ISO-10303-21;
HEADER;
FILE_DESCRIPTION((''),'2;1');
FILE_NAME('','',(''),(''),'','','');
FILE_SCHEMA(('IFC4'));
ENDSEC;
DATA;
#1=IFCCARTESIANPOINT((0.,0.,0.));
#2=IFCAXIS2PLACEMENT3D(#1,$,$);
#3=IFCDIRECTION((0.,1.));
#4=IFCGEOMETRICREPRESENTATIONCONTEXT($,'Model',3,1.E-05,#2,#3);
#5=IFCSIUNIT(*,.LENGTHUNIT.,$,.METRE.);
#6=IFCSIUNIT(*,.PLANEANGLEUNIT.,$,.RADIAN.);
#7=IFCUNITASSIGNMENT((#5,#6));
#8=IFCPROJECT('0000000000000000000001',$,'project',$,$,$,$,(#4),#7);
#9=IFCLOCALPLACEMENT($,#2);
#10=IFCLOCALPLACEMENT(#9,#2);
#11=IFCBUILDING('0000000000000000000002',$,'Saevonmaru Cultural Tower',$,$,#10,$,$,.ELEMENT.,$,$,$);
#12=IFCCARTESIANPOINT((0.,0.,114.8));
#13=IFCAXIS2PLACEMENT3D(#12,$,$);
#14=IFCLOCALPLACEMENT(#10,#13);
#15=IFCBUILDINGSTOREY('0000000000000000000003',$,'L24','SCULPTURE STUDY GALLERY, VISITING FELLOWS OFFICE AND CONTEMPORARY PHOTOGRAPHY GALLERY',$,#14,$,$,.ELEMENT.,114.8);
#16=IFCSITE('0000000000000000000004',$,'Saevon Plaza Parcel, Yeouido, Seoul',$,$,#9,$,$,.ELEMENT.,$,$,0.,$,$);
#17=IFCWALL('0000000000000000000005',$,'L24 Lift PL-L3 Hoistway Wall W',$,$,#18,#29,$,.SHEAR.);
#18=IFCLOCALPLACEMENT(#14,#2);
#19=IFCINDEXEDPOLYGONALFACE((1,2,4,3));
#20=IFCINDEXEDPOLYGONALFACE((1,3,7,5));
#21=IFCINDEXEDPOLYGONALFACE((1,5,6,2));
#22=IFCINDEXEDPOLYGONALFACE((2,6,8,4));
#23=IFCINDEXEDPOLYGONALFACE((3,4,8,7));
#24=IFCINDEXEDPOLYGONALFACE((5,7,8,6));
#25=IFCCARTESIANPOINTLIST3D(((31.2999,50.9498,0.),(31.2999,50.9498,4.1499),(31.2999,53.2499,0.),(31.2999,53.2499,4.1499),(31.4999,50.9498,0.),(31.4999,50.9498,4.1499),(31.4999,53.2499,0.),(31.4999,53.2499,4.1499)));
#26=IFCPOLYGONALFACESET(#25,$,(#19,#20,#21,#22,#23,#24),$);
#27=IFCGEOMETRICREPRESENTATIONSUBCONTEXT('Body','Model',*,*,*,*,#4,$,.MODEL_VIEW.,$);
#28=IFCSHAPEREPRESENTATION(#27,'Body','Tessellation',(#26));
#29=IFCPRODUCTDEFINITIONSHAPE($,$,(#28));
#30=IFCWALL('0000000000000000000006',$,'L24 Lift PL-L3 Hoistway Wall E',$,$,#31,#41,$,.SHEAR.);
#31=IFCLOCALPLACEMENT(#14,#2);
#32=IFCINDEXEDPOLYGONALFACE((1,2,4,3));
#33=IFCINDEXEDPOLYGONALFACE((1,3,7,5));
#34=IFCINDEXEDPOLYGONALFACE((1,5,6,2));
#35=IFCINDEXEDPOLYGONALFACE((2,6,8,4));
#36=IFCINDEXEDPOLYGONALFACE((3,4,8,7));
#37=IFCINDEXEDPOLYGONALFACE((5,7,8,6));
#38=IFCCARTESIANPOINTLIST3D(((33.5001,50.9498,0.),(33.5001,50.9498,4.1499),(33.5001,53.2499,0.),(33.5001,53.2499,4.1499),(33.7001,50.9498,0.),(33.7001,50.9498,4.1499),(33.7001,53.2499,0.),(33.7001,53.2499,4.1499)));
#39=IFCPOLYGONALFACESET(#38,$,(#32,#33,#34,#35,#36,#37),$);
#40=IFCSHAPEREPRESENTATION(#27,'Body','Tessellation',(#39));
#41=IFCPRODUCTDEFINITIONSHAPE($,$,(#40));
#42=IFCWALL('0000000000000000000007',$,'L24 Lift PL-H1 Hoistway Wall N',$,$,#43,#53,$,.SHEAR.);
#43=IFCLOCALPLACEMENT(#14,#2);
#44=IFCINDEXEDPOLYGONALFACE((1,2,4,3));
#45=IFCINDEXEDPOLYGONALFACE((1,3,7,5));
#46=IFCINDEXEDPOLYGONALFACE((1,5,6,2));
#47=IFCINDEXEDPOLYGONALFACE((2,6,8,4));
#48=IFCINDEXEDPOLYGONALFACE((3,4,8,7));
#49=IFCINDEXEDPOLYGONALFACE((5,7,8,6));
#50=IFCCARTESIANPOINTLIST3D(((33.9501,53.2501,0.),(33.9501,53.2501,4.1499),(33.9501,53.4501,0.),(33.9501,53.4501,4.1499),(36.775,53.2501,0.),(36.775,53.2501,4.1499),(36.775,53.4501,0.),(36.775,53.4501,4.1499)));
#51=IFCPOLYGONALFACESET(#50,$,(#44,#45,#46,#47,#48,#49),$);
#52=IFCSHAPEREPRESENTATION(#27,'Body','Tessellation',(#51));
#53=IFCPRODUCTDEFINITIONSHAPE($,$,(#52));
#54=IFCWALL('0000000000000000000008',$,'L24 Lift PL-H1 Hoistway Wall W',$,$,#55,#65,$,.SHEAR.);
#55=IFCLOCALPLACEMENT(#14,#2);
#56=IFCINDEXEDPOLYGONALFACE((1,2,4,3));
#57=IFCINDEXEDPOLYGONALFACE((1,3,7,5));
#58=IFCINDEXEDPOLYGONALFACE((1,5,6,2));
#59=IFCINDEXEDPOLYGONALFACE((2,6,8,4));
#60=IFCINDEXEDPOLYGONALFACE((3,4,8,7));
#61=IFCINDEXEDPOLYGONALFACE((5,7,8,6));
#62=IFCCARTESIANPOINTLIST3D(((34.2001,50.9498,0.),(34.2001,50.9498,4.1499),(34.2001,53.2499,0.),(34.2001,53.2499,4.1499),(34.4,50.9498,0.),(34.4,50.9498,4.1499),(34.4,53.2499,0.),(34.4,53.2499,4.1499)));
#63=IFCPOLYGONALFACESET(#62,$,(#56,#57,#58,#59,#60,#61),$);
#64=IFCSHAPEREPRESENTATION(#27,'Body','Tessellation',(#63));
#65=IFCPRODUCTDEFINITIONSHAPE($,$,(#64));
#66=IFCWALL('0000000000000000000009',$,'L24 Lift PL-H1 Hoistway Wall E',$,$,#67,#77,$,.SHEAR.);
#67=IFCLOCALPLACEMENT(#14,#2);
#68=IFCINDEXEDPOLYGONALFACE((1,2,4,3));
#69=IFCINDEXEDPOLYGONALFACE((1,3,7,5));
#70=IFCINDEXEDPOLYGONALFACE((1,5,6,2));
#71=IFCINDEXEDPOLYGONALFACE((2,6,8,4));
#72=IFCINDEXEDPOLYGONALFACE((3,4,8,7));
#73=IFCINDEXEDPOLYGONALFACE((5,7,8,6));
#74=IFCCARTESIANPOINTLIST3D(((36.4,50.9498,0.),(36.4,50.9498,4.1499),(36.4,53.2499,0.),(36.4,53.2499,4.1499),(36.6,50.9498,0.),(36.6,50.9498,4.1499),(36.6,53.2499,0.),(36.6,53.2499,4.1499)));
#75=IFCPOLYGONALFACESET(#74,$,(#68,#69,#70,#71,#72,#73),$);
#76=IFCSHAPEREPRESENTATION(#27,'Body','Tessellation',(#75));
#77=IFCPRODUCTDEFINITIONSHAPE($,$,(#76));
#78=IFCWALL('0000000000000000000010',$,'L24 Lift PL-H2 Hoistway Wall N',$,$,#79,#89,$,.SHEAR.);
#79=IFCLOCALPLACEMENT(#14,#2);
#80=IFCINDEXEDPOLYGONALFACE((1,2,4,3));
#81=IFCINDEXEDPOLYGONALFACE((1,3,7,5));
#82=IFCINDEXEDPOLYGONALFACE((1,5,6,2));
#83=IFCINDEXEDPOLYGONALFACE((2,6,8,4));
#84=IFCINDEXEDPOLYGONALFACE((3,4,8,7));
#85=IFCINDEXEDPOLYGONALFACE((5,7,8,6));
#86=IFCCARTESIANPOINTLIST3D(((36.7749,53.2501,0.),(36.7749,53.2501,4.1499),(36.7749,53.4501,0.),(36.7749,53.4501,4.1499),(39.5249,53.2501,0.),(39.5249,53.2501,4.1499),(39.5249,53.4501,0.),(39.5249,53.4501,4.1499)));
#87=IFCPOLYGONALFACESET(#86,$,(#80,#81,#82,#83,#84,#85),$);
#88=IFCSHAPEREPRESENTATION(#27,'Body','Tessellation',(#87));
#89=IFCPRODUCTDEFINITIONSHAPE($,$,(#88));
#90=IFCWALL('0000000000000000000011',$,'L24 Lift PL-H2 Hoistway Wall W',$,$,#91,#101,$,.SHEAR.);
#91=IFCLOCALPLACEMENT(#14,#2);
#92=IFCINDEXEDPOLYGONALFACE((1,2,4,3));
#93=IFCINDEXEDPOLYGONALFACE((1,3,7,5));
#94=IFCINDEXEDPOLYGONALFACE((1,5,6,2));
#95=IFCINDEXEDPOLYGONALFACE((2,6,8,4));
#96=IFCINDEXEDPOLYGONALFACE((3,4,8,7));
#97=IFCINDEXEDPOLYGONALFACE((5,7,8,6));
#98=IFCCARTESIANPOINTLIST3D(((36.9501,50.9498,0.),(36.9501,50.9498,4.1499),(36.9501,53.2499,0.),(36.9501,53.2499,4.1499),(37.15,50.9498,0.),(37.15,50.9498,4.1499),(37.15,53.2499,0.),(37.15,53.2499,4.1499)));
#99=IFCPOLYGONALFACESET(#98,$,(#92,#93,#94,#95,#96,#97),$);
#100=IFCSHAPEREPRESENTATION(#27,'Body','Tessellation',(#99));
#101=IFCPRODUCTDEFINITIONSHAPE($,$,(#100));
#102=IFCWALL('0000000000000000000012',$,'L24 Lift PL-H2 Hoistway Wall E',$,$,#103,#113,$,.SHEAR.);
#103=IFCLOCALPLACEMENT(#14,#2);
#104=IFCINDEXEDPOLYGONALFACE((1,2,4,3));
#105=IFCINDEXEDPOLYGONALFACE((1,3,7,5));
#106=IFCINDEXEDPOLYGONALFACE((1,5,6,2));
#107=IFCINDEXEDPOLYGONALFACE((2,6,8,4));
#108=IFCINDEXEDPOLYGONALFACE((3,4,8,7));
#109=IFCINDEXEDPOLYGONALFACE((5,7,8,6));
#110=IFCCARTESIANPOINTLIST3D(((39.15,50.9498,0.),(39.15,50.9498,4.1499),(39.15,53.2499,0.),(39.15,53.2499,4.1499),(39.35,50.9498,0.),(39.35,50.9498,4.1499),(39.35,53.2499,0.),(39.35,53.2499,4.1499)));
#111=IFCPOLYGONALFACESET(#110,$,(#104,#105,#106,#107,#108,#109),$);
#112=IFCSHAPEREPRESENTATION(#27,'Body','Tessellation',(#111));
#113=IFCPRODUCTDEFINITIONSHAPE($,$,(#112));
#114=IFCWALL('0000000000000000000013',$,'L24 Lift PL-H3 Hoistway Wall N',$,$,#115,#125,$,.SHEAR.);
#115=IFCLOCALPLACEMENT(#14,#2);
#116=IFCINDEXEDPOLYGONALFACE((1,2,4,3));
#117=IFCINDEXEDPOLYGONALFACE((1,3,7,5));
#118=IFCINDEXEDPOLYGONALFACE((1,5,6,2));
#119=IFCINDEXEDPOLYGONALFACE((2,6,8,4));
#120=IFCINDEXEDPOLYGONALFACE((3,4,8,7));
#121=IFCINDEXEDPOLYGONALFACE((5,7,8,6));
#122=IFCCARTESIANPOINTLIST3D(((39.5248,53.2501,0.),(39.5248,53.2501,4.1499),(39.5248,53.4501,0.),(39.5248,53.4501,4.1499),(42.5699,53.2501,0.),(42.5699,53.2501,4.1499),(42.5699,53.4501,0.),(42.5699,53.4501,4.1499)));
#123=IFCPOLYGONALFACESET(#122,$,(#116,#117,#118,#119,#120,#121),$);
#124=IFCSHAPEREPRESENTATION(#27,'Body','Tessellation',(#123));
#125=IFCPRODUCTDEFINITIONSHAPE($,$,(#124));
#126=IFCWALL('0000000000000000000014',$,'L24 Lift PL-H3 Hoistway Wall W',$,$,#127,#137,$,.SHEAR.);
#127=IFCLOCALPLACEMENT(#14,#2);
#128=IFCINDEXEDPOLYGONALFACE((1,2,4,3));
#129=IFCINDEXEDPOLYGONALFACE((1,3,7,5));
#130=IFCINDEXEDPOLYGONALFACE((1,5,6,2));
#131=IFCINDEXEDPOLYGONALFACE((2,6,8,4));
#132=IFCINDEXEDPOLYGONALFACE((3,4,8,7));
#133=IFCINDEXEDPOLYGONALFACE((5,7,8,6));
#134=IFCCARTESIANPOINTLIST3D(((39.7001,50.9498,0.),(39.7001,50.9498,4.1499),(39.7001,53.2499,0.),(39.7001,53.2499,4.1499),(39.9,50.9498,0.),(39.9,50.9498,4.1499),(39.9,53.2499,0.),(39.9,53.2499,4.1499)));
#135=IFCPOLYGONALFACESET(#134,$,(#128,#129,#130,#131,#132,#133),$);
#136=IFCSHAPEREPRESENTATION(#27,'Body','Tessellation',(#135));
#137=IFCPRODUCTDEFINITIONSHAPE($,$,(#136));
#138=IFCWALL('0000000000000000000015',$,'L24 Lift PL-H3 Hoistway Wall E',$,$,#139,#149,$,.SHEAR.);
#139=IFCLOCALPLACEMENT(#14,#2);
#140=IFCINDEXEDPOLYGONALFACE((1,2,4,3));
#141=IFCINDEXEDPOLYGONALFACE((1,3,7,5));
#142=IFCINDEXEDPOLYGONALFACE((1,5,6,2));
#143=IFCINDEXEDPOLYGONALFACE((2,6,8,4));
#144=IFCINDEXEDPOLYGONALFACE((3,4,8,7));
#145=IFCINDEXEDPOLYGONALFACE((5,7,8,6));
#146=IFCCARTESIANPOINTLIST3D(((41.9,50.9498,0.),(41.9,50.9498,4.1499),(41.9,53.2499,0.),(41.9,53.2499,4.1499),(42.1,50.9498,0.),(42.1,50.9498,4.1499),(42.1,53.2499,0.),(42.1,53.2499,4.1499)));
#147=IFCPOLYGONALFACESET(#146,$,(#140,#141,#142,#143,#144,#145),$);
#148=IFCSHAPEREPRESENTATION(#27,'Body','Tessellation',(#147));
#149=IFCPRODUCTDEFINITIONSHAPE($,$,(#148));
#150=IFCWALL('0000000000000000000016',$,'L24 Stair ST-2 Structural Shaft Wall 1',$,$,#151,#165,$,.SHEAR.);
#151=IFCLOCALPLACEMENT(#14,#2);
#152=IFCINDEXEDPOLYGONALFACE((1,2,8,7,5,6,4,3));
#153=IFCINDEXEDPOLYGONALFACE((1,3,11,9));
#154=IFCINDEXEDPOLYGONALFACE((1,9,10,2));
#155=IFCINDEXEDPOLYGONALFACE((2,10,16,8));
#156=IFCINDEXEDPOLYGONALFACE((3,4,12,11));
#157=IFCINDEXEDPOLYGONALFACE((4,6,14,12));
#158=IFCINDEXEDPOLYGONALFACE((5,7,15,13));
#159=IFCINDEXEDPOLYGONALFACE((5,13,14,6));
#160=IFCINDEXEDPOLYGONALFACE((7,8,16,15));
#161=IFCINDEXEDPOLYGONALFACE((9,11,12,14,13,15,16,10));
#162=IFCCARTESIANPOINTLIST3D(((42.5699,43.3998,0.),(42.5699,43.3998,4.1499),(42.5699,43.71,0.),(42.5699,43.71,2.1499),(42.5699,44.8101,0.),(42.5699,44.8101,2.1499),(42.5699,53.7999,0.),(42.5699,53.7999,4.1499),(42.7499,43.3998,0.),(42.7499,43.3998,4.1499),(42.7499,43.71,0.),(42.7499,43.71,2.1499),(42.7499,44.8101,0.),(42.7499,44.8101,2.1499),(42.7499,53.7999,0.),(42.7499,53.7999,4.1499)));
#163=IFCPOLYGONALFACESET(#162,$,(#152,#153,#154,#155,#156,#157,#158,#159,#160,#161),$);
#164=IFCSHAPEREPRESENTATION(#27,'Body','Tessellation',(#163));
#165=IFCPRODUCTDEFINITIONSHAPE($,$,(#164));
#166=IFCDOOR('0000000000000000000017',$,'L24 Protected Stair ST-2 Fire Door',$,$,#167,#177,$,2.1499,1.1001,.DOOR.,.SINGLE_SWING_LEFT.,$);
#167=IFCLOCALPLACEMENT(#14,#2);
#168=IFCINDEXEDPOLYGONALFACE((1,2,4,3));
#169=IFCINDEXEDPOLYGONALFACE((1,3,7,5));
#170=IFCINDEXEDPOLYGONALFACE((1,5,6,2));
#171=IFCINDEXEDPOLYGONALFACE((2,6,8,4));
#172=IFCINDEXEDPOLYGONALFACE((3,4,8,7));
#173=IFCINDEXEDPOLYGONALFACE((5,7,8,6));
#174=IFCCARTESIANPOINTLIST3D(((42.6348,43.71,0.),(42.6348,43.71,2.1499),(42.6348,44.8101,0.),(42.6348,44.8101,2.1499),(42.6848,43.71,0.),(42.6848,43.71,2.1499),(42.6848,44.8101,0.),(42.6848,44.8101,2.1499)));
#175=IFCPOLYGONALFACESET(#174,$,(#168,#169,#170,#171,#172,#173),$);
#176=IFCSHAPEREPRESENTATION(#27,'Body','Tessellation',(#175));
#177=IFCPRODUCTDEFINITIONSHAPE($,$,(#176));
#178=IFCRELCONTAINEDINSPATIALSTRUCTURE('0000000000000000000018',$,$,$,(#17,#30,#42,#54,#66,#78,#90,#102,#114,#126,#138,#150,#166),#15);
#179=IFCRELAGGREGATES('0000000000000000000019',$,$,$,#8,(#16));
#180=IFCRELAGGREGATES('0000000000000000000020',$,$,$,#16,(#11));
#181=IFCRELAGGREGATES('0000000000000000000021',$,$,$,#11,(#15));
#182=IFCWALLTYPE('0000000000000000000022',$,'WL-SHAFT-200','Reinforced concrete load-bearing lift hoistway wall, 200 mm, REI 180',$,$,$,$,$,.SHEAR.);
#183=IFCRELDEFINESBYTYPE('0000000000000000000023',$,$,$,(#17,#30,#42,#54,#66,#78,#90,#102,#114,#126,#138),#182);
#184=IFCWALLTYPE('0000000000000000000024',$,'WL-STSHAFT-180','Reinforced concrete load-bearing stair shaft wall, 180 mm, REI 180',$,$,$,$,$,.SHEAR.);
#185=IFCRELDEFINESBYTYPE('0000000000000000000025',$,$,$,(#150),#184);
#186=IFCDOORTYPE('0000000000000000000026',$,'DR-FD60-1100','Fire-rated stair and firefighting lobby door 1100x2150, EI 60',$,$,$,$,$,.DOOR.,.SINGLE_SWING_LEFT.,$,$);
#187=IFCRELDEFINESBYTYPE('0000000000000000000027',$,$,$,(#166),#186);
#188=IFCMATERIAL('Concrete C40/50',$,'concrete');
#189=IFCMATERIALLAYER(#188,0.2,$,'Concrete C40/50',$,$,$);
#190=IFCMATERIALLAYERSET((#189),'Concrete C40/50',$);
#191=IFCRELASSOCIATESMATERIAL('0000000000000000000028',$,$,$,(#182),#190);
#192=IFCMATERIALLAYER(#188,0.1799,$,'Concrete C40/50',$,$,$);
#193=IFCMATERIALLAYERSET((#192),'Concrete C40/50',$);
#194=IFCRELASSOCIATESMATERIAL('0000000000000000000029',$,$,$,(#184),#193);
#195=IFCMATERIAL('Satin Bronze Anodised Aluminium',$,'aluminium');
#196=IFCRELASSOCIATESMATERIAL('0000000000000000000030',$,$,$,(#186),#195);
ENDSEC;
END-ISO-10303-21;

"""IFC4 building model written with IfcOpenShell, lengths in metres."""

from ifc_helpers import new_model, si_unit, direction, frame, frame_2d, origin, place, context, subcontext, project, spatial, rectangle, extrude, material, layer, layer_set, type_object, element, fill, save


model = new_model("IFC4")

# Units and contexts
model_context = context("Model", 3, precision=1e-05, world=origin(), true_north=direction((0.0, 1.0)))
body_context = subcontext(model_context, "Body", "Model", "MODEL_VIEW")
ifc_project = project(units=[si_unit("LENGTHUNIT", "METRE"), si_unit("PLANEANGLEUNIT", "RADIAN")], contexts=[model_context])

# Site, building, storey
site_placement = place(None, origin())
site = spatial("IfcSite", under=ifc_project, at=site_placement, Name="Saevon Plaza Parcel, Yeouido, Seoul", CompositionType="ELEMENT", RefElevation=0.0)
building_placement = place(site_placement, origin())
building = spatial("IfcBuilding", under=site, at=building_placement, Name="Saevonmaru Cultural Tower", CompositionType="ELEMENT")
storey_placement = place(building_placement, frame((0.0, 0.0, 114.8)))
storey = spatial("IfcBuildingStorey", under=building, at=storey_placement, Name="L24", Description="SCULPTURE STUDY GALLERY, VISITING FELLOWS OFFICE AND CONTEMPORARY PHOTOGRAPHY GALLERY", CompositionType="ELEMENT", Elevation=114.8)

# Shared definitions
ifc_material_1 = material(Name="Satin Bronze Anodised Aluminium", Category="aluminium")

# Walls
ifc_material_2 = material(Name="Concrete C40/50", Category="concrete")
ifc_layer_1 = layer(ifc_material_2, 0.2, Name="Concrete C40/50")
ifc_layer_set_1 = layer_set([ifc_layer_1], Name="Concrete C40/50")
wall_type_1 = type_object("IfcWallType", Name="WL-SHAFT-200", Description="Reinforced concrete load-bearing lift hoistway wall, 200 mm, REI 180", PredefinedType="SHEAR", material=ifc_layer_set_1)
for number, where, z_axis, x_axis, name in (
    (1, (31.3999, 50.95, 0.0), (0.0, 0.0, 1.0), (0.0, 1.0, 0.0), "L24 Lift PL-L3 Hoistway Wall W"),
    (2, (33.6001, 50.95, 0.0), (0.0, 0.0, 1.0), (0.0, 1.0, 0.0), "L24 Lift PL-L3 Hoistway Wall E"),
):
    element("IfcWall", number, at=place(storey_placement, frame(where, z_axis=z_axis, x_axis=x_axis)), inside=storey, type_object=wall_type_1, Name=name, PredefinedType="SHEAR", context=body_context, shape_type="SweptSolid", body=[
        extrude(rectangle(XDim=2.3, YDim=0.2, at=frame_2d((1.1499, 0.0))), origin(), (0.0, 0.0, 1.0), 4.1499),
    ])
wall_1_placement = place(storey_placement, frame((33.95, 53.3501, 0.0), z_axis=(0.0, 0.0, 1.0), x_axis=(1.0, 0.0, 0.0)))
element("IfcWall", 3, at=wall_1_placement, inside=storey, type_object=wall_type_1, Name="L24 Lift PL-H1 Hoistway Wall N", PredefinedType="SHEAR", context=body_context, shape_type="SweptSolid", body=[
    extrude(rectangle(XDim=2.825, YDim=0.2, at=frame_2d((1.4126, 0.0))), origin(), (0.0, 0.0, 1.0), 4.1499),
])
for number, where, z_axis, x_axis, name in (
    (4, (34.3, 50.95, 0.0), (0.0, 0.0, 1.0), (0.0, 1.0, 0.0), "L24 Lift PL-H1 Hoistway Wall W"),
    (5, (36.5, 50.95, 0.0), (0.0, 0.0, 1.0), (0.0, 1.0, 0.0), "L24 Lift PL-H1 Hoistway Wall E"),
):
    element("IfcWall", number, at=place(storey_placement, frame(where, z_axis=z_axis, x_axis=x_axis)), inside=storey, type_object=wall_type_1, Name=name, PredefinedType="SHEAR", context=body_context, shape_type="SweptSolid", body=[
        extrude(rectangle(XDim=2.3, YDim=0.2, at=frame_2d((1.1499, 0.0))), origin(), (0.0, 0.0, 1.0), 4.1499),
    ])
wall_2_placement = place(storey_placement, frame((36.7749, 53.3501, 0.0), z_axis=(0.0, 0.0, 1.0), x_axis=(1.0, 0.0, 0.0)))
element("IfcWall", 6, at=wall_2_placement, inside=storey, type_object=wall_type_1, Name="L24 Lift PL-H2 Hoistway Wall N", PredefinedType="SHEAR", context=body_context, shape_type="SweptSolid", body=[
    extrude(rectangle(XDim=2.75, YDim=0.2, at=frame_2d((1.375, 0.0))), origin(), (0.0, 0.0, 1.0), 4.1499),
])
for number, where, z_axis, x_axis, name in (
    (7, (37.05, 50.95, 0.0), (0.0, 0.0, 1.0), (0.0, 1.0, 0.0), "L24 Lift PL-H2 Hoistway Wall W"),
    (8, (39.25, 50.95, 0.0), (0.0, 0.0, 1.0), (0.0, 1.0, 0.0), "L24 Lift PL-H2 Hoistway Wall E"),
):
    element("IfcWall", number, at=place(storey_placement, frame(where, z_axis=z_axis, x_axis=x_axis)), inside=storey, type_object=wall_type_1, Name=name, PredefinedType="SHEAR", context=body_context, shape_type="SweptSolid", body=[
        extrude(rectangle(XDim=2.3, YDim=0.2, at=frame_2d((1.1499, 0.0))), origin(), (0.0, 0.0, 1.0), 4.1499),
    ])
wall_3_placement = place(storey_placement, frame((39.5249, 53.3501, 0.0), z_axis=(0.0, 0.0, 1.0), x_axis=(1.0, 0.0, 0.0)))
element("IfcWall", 9, at=wall_3_placement, inside=storey, type_object=wall_type_1, Name="L24 Lift PL-H3 Hoistway Wall N", PredefinedType="SHEAR", context=body_context, shape_type="SweptSolid", body=[
    extrude(rectangle(XDim=3.0452, YDim=0.2, at=frame_2d((1.5225, 0.0))), origin(), (0.0, 0.0, 1.0), 4.1499),
])
for number, where, z_axis, x_axis, name in (
    (10, (39.8, 50.95, 0.0), (0.0, 0.0, 1.0), (0.0, 1.0, 0.0), "L24 Lift PL-H3 Hoistway Wall W"),
    (11, (42.0, 50.95, 0.0), (0.0, 0.0, 1.0), (0.0, 1.0, 0.0), "L24 Lift PL-H3 Hoistway Wall E"),
):
    element("IfcWall", number, at=place(storey_placement, frame(where, z_axis=z_axis, x_axis=x_axis)), inside=storey, type_object=wall_type_1, Name=name, PredefinedType="SHEAR", context=body_context, shape_type="SweptSolid", body=[
        extrude(rectangle(XDim=2.3, YDim=0.2, at=frame_2d((1.1499, 0.0))), origin(), (0.0, 0.0, 1.0), 4.1499),
    ])

# Wall, opening, door
ifc_layer_2 = layer(ifc_material_2, 0.1799, Name="Concrete C40/50")
ifc_layer_set_2 = layer_set([ifc_layer_2], Name="Concrete C40/50")
wall_type_2 = type_object("IfcWallType", Name="WL-STSHAFT-180", Description="Reinforced concrete load-bearing stair shaft wall, 180 mm, REI 180", PredefinedType="SHEAR", material=ifc_layer_set_2)
wall_4_placement = place(storey_placement, frame((42.6599, 53.8, 0.0), z_axis=(0.0, 0.0, 1.0), x_axis=(0.0, -1.0, 0.0)))
wall_4 = element("IfcWall", 12, at=wall_4_placement, inside=storey, type_object=wall_type_2, Name="L24 Stair ST-2 Structural Shaft Wall 1", PredefinedType="SHEAR", context=body_context, shape_type="SweptSolid", body=[
    extrude(rectangle(XDim=10.4001, YDim=0.1799, at=frame_2d((5.2002, 0.0))), origin(), (0.0, 0.0, 1.0), 4.1499),
])
opening_placement = place(wall_4_placement, frame((8.99, 0.0, 0.0)))
opening = element("IfcOpeningElement", 13, at=opening_placement, cuts=wall_4, PredefinedType="OPENING", context=body_context, shape_type="SweptSolid", body=[
    extrude(rectangle(XDim=1.1001, YDim=2.1499, at=frame_2d((0.55, 1.075))), frame((0.0, 0.1001, 0.0), z_axis=(0.0, -1.0, 0.0), x_axis=(1.0, 0.0, 0.0)), (0.0, 0.0, 1.0), 0.2),
])
door_type = type_object("IfcDoorType", Name="DR-FD60-1100", Description="Fire-rated stair and firefighting lobby door 1100x2150, EI 60", OperationType="SINGLE_SWING_LEFT", PredefinedType="DOOR", material=ifc_material_1)
door_placement = place(opening_placement, origin())
door = element("IfcDoor", 14, at=door_placement, inside=storey, type_object=door_type, Name="L24 Protected Stair ST-2 Fire Door", OperationType="SINGLE_SWING_LEFT", OverallHeight=2.1499, OverallWidth=1.1001, PredefinedType="DOOR", context=body_context, shape_type="SweptSolid", body=[
    extrude(rectangle(XDim=1.1001, YDim=2.1499, at=frame_2d((0.55, 1.075))), frame((0.0, 0.0249, 0.0), z_axis=(0.0, -1.0, 0.0), x_axis=(1.0, 0.0, 0.0)), (0.0, 0.0, 1.0), 0.05),
])
fill(opening, door)

save(model, "model.ifc")
